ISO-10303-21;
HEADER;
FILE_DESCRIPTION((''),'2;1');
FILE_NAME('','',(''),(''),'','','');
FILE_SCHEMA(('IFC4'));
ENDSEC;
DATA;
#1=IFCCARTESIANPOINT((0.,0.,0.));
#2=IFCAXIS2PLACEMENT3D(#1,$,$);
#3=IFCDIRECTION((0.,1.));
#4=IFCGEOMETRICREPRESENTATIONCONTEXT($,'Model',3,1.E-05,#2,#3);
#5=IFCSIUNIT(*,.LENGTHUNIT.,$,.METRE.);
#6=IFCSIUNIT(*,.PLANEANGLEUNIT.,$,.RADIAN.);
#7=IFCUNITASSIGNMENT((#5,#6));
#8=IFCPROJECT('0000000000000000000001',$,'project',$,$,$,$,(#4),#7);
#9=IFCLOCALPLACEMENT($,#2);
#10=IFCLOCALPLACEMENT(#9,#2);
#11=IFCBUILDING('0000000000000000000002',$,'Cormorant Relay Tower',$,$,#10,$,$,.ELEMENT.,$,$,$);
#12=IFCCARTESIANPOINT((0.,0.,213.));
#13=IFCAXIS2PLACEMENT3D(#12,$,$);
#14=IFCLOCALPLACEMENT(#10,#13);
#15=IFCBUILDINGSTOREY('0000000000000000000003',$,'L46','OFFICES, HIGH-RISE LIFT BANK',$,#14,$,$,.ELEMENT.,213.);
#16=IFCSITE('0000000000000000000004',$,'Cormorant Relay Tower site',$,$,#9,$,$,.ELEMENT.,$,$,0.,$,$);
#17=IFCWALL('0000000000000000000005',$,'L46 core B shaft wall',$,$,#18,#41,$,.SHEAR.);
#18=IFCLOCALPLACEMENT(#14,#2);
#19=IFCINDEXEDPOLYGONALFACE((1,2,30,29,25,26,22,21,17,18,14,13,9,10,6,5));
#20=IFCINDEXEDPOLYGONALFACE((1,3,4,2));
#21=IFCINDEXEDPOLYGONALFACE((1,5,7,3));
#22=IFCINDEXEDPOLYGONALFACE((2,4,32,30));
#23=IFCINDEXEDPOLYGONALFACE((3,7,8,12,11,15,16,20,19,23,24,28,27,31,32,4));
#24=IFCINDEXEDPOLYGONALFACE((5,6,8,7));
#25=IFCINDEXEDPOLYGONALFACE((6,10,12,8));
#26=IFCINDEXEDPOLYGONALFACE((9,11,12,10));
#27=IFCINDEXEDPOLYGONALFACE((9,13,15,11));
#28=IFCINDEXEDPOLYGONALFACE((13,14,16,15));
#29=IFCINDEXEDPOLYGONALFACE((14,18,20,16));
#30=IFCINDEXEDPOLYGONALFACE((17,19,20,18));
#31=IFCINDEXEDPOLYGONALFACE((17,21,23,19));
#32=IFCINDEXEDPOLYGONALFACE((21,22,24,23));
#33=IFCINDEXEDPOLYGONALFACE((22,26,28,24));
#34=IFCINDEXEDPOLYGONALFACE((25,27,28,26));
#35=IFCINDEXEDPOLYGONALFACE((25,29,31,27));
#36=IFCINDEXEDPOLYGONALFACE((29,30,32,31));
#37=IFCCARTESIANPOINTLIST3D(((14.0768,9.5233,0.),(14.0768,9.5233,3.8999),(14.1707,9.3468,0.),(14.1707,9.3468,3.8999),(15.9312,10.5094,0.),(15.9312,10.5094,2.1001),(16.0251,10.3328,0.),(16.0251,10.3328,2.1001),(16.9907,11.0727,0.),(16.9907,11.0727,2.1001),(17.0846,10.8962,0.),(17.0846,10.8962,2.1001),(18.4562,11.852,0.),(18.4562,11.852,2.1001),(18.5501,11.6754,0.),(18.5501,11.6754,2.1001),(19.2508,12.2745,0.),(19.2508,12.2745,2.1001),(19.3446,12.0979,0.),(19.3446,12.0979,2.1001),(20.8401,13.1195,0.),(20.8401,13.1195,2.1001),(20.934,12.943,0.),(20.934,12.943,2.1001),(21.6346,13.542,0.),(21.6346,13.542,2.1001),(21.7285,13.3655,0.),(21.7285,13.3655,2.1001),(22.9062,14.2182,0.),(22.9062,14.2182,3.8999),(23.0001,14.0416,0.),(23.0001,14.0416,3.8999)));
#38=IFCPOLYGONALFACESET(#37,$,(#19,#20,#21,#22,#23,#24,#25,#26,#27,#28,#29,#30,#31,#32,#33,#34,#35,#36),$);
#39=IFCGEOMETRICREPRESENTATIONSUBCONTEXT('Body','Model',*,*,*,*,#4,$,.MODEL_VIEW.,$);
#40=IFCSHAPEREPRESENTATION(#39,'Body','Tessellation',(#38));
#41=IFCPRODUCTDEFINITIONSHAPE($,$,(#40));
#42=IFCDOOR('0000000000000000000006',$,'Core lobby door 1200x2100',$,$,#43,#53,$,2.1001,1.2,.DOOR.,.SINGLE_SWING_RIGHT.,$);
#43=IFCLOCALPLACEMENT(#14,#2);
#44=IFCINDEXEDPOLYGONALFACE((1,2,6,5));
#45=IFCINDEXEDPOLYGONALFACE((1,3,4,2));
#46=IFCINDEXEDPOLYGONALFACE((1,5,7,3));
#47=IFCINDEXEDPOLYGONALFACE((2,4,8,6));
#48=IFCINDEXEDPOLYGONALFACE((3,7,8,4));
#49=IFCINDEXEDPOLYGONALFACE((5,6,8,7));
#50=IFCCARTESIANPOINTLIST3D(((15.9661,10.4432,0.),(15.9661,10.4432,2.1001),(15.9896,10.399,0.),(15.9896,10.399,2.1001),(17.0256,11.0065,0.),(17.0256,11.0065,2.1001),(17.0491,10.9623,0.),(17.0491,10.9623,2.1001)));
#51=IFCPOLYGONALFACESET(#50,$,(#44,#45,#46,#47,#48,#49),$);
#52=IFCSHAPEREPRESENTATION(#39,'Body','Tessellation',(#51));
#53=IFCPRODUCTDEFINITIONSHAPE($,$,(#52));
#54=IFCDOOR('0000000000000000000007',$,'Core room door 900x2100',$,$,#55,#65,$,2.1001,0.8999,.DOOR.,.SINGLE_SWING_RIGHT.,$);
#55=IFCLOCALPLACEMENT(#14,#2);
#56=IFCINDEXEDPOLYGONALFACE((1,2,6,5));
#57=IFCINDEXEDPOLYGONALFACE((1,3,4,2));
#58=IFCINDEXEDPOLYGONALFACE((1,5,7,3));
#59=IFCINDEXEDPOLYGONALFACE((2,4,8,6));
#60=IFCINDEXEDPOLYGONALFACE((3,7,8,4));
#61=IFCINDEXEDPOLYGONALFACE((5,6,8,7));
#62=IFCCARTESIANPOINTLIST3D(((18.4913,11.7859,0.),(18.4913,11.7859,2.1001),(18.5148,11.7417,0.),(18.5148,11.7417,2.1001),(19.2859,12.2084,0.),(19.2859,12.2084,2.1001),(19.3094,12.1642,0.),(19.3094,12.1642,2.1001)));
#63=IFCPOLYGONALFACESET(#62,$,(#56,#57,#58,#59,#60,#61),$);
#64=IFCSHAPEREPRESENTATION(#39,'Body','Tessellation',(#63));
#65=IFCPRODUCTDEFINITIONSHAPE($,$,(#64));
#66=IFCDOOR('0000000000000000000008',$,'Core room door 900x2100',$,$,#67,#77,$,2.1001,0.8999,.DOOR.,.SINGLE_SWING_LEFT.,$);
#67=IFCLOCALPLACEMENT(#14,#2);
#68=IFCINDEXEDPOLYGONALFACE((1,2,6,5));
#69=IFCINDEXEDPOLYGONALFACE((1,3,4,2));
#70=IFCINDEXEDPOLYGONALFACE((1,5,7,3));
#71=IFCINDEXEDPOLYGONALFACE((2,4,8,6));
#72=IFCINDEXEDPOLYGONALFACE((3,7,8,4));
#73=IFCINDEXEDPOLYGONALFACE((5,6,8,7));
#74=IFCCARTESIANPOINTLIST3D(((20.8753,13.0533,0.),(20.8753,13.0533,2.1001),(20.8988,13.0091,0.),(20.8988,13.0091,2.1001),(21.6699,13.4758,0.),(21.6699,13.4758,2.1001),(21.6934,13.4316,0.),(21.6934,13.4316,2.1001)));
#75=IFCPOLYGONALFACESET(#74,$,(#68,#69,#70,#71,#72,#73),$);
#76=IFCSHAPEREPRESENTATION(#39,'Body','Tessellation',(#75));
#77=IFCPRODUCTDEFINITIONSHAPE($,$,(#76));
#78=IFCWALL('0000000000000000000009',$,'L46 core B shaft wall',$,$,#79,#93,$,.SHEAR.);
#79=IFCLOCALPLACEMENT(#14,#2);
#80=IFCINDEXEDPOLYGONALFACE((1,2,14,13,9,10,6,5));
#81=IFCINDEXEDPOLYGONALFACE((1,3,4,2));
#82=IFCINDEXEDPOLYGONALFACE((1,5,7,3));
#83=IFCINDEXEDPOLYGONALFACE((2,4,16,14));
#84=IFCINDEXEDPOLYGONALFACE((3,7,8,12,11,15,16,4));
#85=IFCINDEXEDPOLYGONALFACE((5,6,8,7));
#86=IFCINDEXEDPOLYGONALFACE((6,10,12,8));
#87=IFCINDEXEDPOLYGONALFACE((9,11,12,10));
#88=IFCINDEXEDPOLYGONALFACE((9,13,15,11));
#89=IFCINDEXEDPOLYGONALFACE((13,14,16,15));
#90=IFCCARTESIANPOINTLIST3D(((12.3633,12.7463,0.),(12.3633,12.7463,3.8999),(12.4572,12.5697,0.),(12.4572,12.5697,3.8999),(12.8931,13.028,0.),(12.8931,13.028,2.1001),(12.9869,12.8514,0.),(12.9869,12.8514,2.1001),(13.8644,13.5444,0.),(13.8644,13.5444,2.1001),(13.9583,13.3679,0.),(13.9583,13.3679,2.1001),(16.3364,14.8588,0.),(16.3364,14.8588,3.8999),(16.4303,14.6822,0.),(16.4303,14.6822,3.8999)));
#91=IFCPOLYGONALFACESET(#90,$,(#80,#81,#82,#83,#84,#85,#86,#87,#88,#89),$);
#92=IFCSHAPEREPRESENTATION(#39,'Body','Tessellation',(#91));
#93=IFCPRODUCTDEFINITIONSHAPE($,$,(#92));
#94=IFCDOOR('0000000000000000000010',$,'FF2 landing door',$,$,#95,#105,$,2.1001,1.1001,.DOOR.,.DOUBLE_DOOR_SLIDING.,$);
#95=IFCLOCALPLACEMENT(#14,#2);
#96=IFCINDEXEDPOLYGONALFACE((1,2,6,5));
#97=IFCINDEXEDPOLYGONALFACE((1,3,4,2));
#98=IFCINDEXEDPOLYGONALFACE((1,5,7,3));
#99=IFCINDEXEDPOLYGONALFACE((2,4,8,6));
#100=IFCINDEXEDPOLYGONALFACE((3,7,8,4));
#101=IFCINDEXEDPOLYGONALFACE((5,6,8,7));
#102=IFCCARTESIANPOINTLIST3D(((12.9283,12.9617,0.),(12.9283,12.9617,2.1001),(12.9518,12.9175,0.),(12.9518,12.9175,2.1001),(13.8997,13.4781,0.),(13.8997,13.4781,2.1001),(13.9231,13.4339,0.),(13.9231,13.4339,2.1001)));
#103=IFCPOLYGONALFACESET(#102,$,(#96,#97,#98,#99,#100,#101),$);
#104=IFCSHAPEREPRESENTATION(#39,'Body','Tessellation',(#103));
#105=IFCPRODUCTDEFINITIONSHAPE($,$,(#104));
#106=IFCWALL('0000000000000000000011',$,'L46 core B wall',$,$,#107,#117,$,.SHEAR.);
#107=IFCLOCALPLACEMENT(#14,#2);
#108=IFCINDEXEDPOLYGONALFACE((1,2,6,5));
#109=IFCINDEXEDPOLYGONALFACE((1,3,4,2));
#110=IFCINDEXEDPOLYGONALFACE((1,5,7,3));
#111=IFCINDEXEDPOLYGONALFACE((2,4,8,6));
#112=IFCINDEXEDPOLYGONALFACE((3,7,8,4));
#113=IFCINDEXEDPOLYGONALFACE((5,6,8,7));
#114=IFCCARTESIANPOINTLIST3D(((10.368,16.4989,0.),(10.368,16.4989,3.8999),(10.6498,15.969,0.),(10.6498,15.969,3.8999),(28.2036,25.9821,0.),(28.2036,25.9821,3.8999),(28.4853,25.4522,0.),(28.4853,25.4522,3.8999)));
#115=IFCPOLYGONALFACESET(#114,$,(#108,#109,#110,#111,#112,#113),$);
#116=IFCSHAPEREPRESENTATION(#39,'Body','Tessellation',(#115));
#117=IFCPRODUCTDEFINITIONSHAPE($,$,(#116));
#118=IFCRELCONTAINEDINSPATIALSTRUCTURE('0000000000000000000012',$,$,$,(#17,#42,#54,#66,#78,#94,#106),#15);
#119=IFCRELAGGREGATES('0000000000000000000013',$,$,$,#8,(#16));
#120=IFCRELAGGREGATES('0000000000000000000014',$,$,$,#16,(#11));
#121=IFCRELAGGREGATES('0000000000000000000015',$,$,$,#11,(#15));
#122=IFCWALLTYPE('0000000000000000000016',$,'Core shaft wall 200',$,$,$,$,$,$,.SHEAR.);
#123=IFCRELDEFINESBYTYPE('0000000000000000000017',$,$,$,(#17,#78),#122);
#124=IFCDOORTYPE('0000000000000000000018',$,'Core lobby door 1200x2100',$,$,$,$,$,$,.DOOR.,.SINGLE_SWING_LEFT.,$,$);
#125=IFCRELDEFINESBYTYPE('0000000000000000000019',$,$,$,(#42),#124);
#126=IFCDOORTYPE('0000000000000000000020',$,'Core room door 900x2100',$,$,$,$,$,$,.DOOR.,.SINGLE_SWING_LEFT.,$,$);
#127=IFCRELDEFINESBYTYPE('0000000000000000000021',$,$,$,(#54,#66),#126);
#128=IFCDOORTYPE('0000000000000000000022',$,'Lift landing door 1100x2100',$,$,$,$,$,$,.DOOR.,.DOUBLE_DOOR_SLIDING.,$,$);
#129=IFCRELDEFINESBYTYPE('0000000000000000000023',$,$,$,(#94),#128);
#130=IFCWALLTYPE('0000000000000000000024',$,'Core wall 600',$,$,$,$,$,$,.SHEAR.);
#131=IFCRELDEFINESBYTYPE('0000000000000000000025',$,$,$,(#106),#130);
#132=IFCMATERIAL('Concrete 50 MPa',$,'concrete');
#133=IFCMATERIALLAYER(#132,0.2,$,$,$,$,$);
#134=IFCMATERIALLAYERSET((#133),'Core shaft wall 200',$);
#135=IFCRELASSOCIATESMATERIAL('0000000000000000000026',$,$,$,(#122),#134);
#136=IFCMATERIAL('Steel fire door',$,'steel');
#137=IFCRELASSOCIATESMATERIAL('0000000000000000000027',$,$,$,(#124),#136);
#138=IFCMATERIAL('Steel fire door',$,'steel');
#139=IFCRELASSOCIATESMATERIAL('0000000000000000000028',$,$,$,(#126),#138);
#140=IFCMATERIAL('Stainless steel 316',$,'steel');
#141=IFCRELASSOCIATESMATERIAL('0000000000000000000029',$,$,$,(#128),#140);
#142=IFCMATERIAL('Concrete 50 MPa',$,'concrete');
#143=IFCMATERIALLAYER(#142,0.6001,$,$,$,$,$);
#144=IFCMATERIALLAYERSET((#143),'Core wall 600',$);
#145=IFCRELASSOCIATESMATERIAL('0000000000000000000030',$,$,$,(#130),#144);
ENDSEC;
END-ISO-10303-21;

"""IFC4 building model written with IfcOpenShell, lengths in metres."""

from ifc_helpers import new_model, si_unit, direction, frame, frame_2d, origin, place, context, subcontext, project, spatial, rectangle, extrude, material, layer, layer_set, type_object, element, fill, save


model = new_model("IFC4")

# Units and contexts
model_context = context("Model", 3, precision=1e-05, world=origin(), true_north=direction((0.0, 1.0)))
body_context = subcontext(model_context, "Body", "Model", "MODEL_VIEW")
ifc_project = project(units=[si_unit("LENGTHUNIT", "METRE"), si_unit("PLANEANGLEUNIT", "RADIAN")], contexts=[model_context])

# Site, building, storey
site_placement = place(None, origin())
site = spatial("IfcSite", under=ifc_project, at=site_placement, Name="Cormorant Relay Tower site", CompositionType="ELEMENT", RefElevation=0.0)
building_placement = place(site_placement, origin())
building = spatial("IfcBuilding", under=site, at=building_placement, Name="Cormorant Relay Tower", CompositionType="ELEMENT")
storey_placement = place(building_placement, frame((0.0, 0.0, 213.0)))
storey = spatial("IfcBuildingStorey", under=building, at=storey_placement, Name="L46", Description="OFFICES, HIGH-RISE LIFT BANK", CompositionType="ELEMENT", Elevation=213.0)

# Shared definitions
ifc_material_1 = material(Name="Concrete 50 MPa", Category="concrete")
ifc_layer_1 = layer(ifc_material_1, 0.2)
ifc_layer_set_1 = layer_set([ifc_layer_1], Name="Core shaft wall 200")
wall_type_1 = type_object("IfcWallType", Name="Core shaft wall 200", PredefinedType="SHEAR", material=ifc_layer_set_1)

# Wall, openings, doors
wall_1_placement = place(storey_placement, frame((14.1238, 9.4351, 0.0), z_axis=(0.0, 0.0, 1.0), x_axis=(0.88294, 0.469485, 0.0)))
wall_1 = element("IfcWall", 1, at=wall_1_placement, inside=storey, type_object=wall_type_1, Name="L46 core B shaft wall", PredefinedType="SHEAR", context=body_context, shape_type="SweptSolid", body=[
    extrude(rectangle(XDim=10.0, YDim=0.2, at=frame_2d((5.0, 0.0))), origin(), (0.0, 0.0, 1.0), 3.8999),
])
opening_1_placement = place(wall_1_placement, frame((2.1001, 0.0, 0.0)))
opening_1 = element("IfcOpeningElement", 2, at=opening_1_placement, cuts=wall_1, PredefinedType="OPENING", context=body_context, shape_type="SweptSolid", body=[
    extrude(rectangle(XDim=1.2, YDim=2.1001, at=frame_2d((0.6001, 1.05))), frame((0.0, 0.1099, 0.0), z_axis=(0.0, -1.0, 0.0), x_axis=(1.0, 0.0, 0.0)), (0.0, 0.0, 1.0), 0.22),
])
opening_2_placement = place(wall_1_placement, frame((4.96, 0.0, 0.0)))
opening_2 = element("IfcOpeningElement", 3, at=opening_2_placement, cuts=wall_1, PredefinedType="OPENING", context=body_context, shape_type="SweptSolid", body=[
    extrude(rectangle(XDim=0.8999, YDim=2.1001, at=frame_2d((0.45, 1.05))), frame((0.0, 0.1099, 0.0), z_axis=(0.0, -1.0, 0.0), x_axis=(1.0, 0.0, 0.0)), (0.0, 0.0, 1.0), 0.22),
])
opening_3_placement = place(wall_1_placement, frame((7.6599, 0.0, 0.0)))
opening_3 = element("IfcOpeningElement", 4, at=opening_3_placement, cuts=wall_1, PredefinedType="OPENING", context=body_context, shape_type="SweptSolid", body=[
    extrude(rectangle(XDim=0.8999, YDim=2.1001, at=frame_2d((0.45, 1.05))), frame((0.0, 0.1099, 0.0), z_axis=(0.0, -1.0, 0.0), x_axis=(1.0, 0.0, 0.0)), (0.0, 0.0, 1.0), 0.22),
])
ifc_material_2 = material(Name="Steel fire door", Category="steel")
door_type_1 = type_object("IfcDoorType", Name="Core lobby door 1200x2100", OperationType="SINGLE_SWING_LEFT", PredefinedType="DOOR", material=ifc_material_2)
door_1_placement = place(opening_1_placement, frame((1.2, 0.0, 0.0), z_axis=(0.0, 0.0, 1.0), x_axis=(-1.0, 0.0, 0.0)))
door_1 = element("IfcDoor", 5, at=door_1_placement, inside=storey, type_object=door_type_1, Name="Core lobby door 1200x2100", OperationType="SINGLE_SWING_RIGHT", OverallHeight=2.1001, OverallWidth=1.2, PredefinedType="DOOR", context=body_context, shape_type="SweptSolid", body=[
    extrude(rectangle(XDim=1.2, YDim=2.1001, at=frame_2d((0.6001, 1.05))), frame((0.0, 0.0249, 0.0), z_axis=(0.0, -1.0, 0.0), x_axis=(1.0, 0.0, 0.0)), (0.0, 0.0, 1.0), 0.05),
])
fill(opening_1, door_1)
ifc_material_3 = material(Name="Steel fire door", Category="steel")
door_type_2 = type_object("IfcDoorType", Name="Core room door 900x2100", OperationType="SINGLE_SWING_LEFT", PredefinedType="DOOR", material=ifc_material_3)
door_2_placement = place(opening_2_placement, frame((0.8999, 0.0, 0.0), z_axis=(0.0, 0.0, 1.0), x_axis=(-1.0, 0.0, 0.0)))
door_2 = element("IfcDoor", 6, at=door_2_placement, inside=storey, type_object=door_type_2, Name="Core room door 900x2100", OperationType="SINGLE_SWING_RIGHT", OverallHeight=2.1001, OverallWidth=0.8999, PredefinedType="DOOR", context=body_context, shape_type="SweptSolid", body=[
    extrude(rectangle(XDim=0.8999, YDim=2.1001, at=frame_2d((0.45, 1.05))), frame((0.0, 0.0249, 0.0), z_axis=(0.0, -1.0, 0.0), x_axis=(1.0, 0.0, 0.0)), (0.0, 0.0, 1.0), 0.05),
])
fill(opening_2, door_2)
door_3_placement = place(opening_3_placement, origin())
door_3 = element("IfcDoor", 7, at=door_3_placement, inside=storey, type_object=door_type_2, Name="Core room door 900x2100", OperationType="SINGLE_SWING_LEFT", OverallHeight=2.1001, OverallWidth=0.8999, PredefinedType="DOOR", context=body_context, shape_type="SweptSolid", body=[
    extrude(rectangle(XDim=0.8999, YDim=2.1001, at=frame_2d((0.45, 1.05))), frame((0.0, 0.0249, 0.0), z_axis=(0.0, -1.0, 0.0), x_axis=(1.0, 0.0, 0.0)), (0.0, 0.0, 1.0), 0.05),
])
fill(opening_3, door_3)

# Wall, opening, door
wall_2_placement = place(storey_placement, frame((12.4102, 12.658, 0.0), z_axis=(0.0, 0.0, 1.0), x_axis=(0.882948, 0.46947, 0.0)))
wall_2 = element("IfcWall", 8, at=wall_2_placement, inside=storey, type_object=wall_type_1, Name="L46 core B shaft wall", PredefinedType="SHEAR", context=body_context, shape_type="SweptSolid", body=[
    extrude(rectangle(XDim=4.4998, YDim=0.2, at=frame_2d((2.25, 0.0))), origin(), (0.0, 0.0, 1.0), 3.8999),
])
opening_4_placement = place(wall_2_placement, frame((0.6001, 0.0, 0.0)))
opening_4 = element("IfcOpeningElement", 9, at=opening_4_placement, cuts=wall_2, PredefinedType="OPENING", context=body_context, shape_type="SweptSolid", body=[
    extrude(rectangle(XDim=1.1001, YDim=2.1001, at=frame_2d((0.55, 1.05))), frame((0.0, 0.1099, 0.0), z_axis=(0.0, -1.0, 0.0), x_axis=(1.0, 0.0, 0.0)), (0.0, 0.0, 1.0), 0.22),
])
ifc_material_4 = material(Name="Stainless steel 316", Category="steel")
door_type_3 = type_object("IfcDoorType", Name="Lift landing door 1100x2100", OperationType="DOUBLE_DOOR_SLIDING", PredefinedType="DOOR", material=ifc_material_4)
door_4_placement = place(opening_4_placement, origin())
door_4 = element("IfcDoor", 10, at=door_4_placement, inside=storey, type_object=door_type_3, Name="FF2 landing door", OperationType="DOUBLE_DOOR_SLIDING", OverallHeight=2.1001, OverallWidth=1.1001, PredefinedType="DOOR", context=body_context, shape_type="SweptSolid", body=[
    extrude(rectangle(XDim=1.1001, YDim=2.1001, at=frame_2d((0.55, 1.05))), frame((0.0, 0.0249, 0.0), z_axis=(0.0, -1.0, 0.0), x_axis=(1.0, 0.0, 0.0)), (0.0, 0.0, 1.0), 0.05),
])
fill(opening_4, door_4)

# Wall
ifc_material_5 = material(Name="Concrete 50 MPa", Category="concrete")
ifc_layer_2 = layer(ifc_material_5, 0.6001)
ifc_layer_set_2 = layer_set([ifc_layer_2], Name="Core wall 600")
wall_type_2 = type_object("IfcWallType", Name="Core wall 600", PredefinedType="SHEAR", material=ifc_layer_set_2)
wall_3_placement = place(storey_placement, frame((10.5088, 16.2339, 0.0), z_axis=(0.0, 0.0, 1.0), x_axis=(0.88295, 0.469467, 0.0)))
element("IfcWall", 11, at=wall_3_placement, inside=storey, type_object=wall_type_2, Name="L46 core B wall", PredefinedType="SHEAR", context=body_context, shape_type="SweptSolid", body=[
    extrude(rectangle(XDim=20.2, YDim=0.6001, at=frame_2d((10.1001, 0.0))), origin(), (0.0, 0.0, 1.0), 3.8999),
])

save(model, "model.ifc")
